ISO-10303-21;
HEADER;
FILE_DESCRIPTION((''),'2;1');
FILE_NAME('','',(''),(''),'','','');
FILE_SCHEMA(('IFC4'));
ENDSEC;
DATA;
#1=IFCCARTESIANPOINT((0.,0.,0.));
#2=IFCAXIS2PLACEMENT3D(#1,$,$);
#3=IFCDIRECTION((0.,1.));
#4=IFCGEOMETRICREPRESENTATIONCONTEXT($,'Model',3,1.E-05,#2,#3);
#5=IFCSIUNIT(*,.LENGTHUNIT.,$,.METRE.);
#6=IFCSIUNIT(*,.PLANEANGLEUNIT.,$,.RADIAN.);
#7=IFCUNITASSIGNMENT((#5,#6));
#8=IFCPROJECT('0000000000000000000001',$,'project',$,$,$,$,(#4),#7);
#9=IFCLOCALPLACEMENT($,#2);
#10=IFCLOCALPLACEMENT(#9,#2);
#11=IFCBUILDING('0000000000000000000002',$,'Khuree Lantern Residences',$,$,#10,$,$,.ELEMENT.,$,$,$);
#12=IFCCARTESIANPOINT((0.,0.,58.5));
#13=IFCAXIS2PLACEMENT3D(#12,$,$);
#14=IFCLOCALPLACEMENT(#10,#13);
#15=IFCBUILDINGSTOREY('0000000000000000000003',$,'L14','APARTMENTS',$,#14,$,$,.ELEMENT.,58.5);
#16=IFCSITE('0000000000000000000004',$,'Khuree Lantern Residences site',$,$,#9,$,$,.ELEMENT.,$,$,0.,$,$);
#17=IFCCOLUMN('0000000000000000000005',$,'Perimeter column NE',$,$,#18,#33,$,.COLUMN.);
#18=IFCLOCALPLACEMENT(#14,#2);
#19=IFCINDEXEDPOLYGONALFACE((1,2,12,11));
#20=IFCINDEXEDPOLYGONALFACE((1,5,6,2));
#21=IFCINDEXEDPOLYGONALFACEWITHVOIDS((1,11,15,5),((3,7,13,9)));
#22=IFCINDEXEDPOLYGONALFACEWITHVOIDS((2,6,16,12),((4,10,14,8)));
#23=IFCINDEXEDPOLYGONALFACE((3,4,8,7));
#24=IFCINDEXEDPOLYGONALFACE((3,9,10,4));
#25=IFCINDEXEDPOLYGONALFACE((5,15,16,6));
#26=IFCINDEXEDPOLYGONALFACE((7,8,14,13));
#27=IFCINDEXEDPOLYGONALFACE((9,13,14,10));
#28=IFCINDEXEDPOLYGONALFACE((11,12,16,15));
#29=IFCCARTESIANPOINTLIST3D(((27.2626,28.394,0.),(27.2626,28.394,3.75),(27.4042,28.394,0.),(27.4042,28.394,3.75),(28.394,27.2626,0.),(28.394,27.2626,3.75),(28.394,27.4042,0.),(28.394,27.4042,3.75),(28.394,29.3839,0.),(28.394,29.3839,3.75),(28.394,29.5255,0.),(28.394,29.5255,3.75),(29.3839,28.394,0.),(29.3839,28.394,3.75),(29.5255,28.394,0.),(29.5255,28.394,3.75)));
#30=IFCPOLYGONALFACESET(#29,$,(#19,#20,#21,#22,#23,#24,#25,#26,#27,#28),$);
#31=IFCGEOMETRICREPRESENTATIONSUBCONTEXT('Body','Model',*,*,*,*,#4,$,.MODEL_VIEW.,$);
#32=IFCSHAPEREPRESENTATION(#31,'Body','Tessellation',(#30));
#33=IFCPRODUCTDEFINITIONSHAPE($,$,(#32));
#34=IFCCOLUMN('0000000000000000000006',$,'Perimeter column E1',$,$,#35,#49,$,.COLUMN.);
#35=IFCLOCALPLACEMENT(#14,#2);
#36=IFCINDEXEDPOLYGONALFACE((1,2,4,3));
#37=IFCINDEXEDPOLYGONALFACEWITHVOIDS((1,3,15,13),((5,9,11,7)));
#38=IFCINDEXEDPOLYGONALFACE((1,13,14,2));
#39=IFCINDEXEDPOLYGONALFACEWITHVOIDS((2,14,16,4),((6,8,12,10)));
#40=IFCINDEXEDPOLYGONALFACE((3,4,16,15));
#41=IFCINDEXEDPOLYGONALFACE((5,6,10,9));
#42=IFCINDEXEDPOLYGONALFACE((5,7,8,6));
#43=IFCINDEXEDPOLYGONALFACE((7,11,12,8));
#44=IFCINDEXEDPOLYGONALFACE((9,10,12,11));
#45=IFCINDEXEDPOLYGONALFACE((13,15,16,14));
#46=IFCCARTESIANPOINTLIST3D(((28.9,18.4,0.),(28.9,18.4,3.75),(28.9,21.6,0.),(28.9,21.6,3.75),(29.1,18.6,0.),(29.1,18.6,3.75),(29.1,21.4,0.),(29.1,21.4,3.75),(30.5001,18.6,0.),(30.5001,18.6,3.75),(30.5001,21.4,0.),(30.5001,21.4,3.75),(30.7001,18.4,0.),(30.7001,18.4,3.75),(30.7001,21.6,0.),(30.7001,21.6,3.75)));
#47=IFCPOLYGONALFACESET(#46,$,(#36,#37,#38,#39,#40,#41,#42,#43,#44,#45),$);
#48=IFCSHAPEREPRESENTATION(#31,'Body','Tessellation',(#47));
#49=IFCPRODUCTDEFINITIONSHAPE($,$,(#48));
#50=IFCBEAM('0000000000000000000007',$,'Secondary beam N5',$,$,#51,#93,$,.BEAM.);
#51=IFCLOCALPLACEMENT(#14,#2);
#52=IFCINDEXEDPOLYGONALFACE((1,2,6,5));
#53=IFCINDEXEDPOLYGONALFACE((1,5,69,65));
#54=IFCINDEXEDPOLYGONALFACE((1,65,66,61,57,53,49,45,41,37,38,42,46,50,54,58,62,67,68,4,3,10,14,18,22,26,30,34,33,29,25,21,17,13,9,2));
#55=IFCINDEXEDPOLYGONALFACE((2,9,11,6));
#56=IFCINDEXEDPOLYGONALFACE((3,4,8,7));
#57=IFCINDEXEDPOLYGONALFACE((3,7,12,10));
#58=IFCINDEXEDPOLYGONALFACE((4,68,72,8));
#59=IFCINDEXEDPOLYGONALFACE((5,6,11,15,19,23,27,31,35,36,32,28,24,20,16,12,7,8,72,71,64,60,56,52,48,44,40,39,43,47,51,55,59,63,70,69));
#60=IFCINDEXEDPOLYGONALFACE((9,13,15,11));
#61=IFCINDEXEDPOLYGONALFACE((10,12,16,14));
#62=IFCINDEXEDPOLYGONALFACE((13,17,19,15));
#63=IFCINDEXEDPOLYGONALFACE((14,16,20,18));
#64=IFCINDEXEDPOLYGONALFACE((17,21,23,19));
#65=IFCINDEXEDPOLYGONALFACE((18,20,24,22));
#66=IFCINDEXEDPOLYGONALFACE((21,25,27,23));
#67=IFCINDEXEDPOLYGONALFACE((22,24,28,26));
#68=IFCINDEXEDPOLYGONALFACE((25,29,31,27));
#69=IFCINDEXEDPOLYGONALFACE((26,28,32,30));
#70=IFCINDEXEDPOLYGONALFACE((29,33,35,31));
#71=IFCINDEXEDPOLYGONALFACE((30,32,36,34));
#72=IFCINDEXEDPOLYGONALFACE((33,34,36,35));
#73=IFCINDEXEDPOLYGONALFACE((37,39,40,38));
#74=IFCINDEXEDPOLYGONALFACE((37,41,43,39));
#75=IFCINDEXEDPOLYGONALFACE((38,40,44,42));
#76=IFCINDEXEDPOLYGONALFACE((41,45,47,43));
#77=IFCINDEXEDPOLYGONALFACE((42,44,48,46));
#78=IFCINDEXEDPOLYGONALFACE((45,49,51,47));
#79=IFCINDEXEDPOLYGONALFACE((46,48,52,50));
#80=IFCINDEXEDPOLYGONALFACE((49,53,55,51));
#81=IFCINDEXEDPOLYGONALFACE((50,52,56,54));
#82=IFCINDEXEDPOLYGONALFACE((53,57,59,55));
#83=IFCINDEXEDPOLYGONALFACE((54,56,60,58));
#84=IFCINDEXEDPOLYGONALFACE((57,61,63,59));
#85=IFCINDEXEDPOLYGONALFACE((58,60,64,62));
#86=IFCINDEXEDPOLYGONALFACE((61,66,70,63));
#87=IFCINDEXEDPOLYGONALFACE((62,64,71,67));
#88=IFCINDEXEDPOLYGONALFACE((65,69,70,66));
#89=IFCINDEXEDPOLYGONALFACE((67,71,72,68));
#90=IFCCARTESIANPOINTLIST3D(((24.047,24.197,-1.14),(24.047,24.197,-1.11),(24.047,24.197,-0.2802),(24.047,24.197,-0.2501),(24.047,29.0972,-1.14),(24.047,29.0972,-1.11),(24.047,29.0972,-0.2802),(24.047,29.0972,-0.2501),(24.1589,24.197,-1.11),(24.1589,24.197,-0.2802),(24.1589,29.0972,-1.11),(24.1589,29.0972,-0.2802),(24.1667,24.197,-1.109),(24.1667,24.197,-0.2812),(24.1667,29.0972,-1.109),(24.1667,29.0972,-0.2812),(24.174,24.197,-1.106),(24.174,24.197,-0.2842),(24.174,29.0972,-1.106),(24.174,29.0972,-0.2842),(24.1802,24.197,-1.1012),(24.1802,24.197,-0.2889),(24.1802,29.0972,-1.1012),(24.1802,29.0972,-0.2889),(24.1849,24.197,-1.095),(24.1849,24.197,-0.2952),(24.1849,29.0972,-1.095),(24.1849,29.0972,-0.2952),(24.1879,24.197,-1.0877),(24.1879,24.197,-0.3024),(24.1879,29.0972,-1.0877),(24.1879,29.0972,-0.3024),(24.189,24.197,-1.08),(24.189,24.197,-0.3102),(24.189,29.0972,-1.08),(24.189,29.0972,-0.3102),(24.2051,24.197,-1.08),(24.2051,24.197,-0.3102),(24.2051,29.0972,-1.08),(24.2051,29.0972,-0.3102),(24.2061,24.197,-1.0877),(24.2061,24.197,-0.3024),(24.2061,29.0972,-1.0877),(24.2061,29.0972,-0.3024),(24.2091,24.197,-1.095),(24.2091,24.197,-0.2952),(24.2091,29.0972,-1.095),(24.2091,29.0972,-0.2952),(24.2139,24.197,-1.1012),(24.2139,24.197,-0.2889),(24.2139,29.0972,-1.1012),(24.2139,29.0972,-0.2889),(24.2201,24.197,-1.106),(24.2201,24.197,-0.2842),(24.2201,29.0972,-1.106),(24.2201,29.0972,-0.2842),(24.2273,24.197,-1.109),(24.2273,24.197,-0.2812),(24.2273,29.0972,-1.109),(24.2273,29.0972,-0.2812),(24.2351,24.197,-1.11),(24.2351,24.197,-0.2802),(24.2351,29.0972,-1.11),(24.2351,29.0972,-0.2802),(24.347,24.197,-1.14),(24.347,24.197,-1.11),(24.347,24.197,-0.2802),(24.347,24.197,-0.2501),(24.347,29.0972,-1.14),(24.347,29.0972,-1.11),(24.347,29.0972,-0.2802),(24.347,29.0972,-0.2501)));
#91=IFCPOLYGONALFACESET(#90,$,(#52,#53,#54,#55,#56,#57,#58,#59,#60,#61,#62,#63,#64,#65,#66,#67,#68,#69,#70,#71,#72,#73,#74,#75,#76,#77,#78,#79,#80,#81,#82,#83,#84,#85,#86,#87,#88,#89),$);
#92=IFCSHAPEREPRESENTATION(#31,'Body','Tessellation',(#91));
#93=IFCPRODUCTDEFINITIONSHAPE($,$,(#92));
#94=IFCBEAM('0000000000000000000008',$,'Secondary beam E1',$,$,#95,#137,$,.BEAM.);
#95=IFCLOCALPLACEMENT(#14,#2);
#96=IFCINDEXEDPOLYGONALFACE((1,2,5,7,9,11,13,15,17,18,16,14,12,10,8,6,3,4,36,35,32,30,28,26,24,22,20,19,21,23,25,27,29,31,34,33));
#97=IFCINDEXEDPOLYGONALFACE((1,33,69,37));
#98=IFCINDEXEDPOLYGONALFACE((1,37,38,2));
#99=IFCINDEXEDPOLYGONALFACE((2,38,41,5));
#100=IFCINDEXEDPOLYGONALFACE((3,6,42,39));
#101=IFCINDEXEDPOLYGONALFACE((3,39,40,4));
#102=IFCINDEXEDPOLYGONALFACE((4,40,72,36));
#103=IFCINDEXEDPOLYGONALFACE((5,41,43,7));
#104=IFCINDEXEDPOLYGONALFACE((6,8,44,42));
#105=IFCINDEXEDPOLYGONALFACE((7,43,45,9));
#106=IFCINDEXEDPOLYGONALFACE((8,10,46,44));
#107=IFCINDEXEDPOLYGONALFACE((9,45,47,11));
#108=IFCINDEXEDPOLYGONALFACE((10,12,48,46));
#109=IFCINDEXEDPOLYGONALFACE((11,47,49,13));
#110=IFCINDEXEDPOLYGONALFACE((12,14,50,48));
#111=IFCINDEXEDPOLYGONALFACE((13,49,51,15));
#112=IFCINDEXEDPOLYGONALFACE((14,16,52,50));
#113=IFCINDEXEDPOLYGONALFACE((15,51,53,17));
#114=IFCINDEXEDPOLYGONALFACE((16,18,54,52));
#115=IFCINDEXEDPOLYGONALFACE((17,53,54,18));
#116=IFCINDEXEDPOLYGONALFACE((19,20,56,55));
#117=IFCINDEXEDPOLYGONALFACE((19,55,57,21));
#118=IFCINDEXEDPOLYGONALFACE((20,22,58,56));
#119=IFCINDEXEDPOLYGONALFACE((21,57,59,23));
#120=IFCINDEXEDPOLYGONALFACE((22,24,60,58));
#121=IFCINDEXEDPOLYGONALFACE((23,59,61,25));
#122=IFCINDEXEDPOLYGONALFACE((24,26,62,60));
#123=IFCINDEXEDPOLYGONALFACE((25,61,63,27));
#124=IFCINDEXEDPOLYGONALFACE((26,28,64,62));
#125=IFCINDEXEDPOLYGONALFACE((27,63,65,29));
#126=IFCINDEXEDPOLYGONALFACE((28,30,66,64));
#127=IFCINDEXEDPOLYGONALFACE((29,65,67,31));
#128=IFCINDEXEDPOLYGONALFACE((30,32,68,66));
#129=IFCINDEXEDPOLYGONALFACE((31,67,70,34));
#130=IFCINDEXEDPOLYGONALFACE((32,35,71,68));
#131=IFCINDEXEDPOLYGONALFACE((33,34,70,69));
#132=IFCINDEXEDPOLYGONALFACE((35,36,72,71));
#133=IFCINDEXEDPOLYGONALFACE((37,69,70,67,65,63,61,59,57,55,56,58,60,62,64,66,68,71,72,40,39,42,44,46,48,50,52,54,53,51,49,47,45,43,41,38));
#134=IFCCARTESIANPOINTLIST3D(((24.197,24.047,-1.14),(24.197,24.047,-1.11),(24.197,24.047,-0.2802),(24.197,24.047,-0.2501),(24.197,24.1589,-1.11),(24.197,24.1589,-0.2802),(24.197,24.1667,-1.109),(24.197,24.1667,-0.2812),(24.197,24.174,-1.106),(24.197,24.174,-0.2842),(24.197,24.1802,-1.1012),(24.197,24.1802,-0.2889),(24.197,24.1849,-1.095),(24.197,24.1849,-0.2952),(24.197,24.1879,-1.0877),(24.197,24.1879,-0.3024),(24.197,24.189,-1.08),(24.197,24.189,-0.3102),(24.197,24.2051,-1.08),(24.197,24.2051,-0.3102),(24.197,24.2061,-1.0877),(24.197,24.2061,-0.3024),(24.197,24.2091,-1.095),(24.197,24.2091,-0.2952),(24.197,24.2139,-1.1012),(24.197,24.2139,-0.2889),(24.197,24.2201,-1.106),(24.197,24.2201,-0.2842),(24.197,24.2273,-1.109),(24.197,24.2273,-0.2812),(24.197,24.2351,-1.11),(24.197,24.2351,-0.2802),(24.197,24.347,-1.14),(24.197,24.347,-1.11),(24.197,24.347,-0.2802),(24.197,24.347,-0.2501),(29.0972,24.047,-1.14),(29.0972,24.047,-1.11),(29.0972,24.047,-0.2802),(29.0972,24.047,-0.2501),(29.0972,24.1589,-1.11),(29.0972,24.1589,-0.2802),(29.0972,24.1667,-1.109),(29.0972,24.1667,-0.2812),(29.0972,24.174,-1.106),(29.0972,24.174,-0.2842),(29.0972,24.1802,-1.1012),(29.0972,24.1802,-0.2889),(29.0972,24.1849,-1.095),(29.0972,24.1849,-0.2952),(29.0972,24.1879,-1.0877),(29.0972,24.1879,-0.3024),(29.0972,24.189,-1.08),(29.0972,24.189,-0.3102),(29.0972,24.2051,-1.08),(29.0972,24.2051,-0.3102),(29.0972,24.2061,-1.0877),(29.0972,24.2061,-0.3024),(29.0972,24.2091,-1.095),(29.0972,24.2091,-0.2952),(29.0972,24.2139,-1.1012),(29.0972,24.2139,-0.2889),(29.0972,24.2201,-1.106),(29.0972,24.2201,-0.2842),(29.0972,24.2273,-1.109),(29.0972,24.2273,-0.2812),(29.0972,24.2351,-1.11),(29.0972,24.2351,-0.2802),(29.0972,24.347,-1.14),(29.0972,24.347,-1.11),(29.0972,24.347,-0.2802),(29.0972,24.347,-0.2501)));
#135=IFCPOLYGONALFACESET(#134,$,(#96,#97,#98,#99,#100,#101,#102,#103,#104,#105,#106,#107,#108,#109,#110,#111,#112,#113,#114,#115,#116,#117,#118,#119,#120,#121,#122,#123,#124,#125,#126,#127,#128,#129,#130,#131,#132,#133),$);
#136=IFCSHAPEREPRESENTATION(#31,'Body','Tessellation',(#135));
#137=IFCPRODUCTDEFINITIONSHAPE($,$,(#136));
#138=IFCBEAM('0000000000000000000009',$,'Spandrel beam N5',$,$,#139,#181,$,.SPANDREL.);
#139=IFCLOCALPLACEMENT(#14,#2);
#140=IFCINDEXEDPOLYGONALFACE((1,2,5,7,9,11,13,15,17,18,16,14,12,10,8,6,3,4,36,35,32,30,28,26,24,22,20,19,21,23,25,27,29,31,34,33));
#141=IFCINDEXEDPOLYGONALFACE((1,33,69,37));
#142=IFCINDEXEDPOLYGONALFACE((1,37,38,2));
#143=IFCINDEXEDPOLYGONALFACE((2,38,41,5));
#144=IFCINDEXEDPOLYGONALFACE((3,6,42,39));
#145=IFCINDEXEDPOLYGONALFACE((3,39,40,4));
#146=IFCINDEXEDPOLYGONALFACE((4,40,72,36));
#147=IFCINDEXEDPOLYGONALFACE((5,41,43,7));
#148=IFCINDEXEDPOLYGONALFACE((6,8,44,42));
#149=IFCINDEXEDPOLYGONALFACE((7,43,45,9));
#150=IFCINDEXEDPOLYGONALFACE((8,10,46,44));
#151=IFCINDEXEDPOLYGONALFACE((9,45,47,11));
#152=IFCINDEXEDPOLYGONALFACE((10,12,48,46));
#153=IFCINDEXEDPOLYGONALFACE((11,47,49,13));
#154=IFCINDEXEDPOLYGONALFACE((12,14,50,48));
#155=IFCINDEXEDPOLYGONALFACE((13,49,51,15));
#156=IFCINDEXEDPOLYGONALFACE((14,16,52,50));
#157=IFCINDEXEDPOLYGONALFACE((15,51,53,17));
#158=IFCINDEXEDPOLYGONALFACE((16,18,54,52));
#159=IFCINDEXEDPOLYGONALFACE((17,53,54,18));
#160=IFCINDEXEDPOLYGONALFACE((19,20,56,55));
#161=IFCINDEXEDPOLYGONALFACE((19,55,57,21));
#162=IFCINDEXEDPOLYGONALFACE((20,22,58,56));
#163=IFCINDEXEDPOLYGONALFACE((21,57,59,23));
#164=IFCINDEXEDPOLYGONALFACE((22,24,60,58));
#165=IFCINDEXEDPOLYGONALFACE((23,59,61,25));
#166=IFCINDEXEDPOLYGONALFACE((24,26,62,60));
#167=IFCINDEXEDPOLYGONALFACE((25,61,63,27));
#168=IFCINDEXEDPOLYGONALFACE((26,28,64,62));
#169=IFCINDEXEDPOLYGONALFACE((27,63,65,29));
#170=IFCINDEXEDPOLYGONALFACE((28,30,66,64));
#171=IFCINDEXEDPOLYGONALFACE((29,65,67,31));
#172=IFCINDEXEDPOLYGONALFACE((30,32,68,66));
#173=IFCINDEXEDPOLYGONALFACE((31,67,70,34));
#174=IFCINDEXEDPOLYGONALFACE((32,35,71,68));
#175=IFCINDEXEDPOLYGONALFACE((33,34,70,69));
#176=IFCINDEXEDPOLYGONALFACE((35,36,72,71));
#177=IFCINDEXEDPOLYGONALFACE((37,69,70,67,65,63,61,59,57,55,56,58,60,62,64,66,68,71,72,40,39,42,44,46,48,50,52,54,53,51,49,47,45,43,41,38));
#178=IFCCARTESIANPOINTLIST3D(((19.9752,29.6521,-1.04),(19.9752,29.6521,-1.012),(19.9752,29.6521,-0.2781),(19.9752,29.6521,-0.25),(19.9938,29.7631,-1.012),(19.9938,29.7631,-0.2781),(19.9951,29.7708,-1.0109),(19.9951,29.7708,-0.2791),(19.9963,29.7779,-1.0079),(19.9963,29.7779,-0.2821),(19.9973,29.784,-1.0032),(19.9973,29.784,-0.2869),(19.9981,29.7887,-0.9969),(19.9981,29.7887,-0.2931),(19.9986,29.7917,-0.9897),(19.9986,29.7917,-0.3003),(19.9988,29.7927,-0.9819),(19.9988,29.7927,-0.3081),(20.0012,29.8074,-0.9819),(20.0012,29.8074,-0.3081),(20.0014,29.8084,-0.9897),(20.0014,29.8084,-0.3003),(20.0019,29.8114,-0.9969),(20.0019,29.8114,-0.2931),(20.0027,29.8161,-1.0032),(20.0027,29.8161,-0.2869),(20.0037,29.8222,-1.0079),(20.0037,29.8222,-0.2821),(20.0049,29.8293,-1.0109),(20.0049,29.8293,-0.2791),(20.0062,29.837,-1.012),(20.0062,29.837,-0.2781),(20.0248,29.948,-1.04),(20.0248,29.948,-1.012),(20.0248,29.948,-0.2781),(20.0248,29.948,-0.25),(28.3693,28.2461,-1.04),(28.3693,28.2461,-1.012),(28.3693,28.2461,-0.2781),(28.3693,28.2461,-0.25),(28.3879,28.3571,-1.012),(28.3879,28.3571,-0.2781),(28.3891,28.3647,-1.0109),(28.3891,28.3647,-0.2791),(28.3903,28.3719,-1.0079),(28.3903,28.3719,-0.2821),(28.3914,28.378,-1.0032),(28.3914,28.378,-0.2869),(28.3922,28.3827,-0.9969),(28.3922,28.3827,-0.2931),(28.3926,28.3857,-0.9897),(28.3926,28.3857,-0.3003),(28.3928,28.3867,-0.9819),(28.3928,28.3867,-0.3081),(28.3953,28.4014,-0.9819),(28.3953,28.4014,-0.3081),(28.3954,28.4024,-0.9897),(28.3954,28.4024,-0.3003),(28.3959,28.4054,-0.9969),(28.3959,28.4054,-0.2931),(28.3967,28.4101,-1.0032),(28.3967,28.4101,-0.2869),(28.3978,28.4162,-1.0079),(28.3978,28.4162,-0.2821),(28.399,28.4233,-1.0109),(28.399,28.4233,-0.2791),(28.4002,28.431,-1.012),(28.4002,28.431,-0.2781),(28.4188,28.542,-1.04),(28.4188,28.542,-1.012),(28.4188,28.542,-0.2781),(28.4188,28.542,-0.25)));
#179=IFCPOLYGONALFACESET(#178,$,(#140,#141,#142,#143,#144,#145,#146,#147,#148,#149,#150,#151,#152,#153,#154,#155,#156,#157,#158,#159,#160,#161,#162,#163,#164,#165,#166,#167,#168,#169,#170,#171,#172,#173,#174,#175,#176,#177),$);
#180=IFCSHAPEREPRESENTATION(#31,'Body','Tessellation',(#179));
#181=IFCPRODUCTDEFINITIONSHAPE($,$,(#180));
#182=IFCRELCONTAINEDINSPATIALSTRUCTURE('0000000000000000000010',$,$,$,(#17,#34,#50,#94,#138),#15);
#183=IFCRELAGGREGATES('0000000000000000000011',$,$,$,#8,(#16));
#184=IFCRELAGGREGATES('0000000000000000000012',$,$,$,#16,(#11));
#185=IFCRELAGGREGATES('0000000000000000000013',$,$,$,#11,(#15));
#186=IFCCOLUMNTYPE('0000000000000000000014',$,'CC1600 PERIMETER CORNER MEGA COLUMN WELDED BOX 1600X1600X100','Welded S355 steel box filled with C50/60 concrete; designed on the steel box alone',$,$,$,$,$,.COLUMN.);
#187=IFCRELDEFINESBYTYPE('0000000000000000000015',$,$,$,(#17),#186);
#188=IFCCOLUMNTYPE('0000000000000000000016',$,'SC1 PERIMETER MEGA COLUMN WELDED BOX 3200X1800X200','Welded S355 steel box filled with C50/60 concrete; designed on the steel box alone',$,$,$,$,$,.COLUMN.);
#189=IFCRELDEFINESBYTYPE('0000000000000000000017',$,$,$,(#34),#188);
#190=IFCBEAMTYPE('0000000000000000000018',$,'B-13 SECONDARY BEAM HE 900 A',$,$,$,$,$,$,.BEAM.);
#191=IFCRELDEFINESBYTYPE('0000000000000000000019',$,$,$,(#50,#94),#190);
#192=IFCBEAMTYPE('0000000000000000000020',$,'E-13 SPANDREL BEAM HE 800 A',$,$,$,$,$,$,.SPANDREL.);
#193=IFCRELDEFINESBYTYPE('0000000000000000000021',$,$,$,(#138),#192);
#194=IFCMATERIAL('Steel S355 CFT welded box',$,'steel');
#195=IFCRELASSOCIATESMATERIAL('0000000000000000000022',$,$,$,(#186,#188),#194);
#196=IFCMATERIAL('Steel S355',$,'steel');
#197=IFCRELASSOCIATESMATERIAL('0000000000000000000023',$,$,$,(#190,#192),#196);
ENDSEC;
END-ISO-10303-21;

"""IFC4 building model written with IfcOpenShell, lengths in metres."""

from ifc_helpers import new_model, si_unit, direction, frame, origin, origin_2d, place, context, subcontext, project, spatial, hollow_rectangle, i_section, extrude, material, material_profile, profile_set, type_object, element, save


model = new_model("IFC4")

# Units and contexts
model_context = context("Model", 3, precision=1e-05, world=origin(), true_north=direction((0.0, 1.0)))
body_context = subcontext(model_context, "Body", "Model", "MODEL_VIEW")
ifc_project = project(units=[si_unit("LENGTHUNIT", "METRE"), si_unit("PLANEANGLEUNIT", "RADIAN")], contexts=[model_context])

# Site, building, storey
site_placement = place(None, origin())
site = spatial("IfcSite", under=ifc_project, at=site_placement, Name="Khuree Lantern Residences site", CompositionType="ELEMENT", RefElevation=0.0)
building_placement = place(site_placement, origin())
building = spatial("IfcBuilding", under=site, at=building_placement, Name="Khuree Lantern Residences", CompositionType="ELEMENT")
storey_placement = place(building_placement, frame((0.0, 0.0, 58.5)))
storey = spatial("IfcBuildingStorey", under=building, at=storey_placement, Name="L14", Description="APARTMENTS", CompositionType="ELEMENT", Elevation=58.5)

# Columns
ifc_material_1 = material(Name="Steel S355 CFT welded box", Category="steel")
ifc_material_profile_1 = material_profile(ifc_material_1, hollow_rectangle(XDim=1.6001, YDim=1.6001, WallThickness=0.1001, at=origin_2d()), Name="WELDED BOX 1600X1600X100")
ifc_profile_set_1 = profile_set([ifc_material_profile_1], Name="Steel S355 CFT welded box")
column_type_1 = type_object("IfcColumnType", Name="CC1600 PERIMETER CORNER MEGA COLUMN WELDED BOX 1600X1600X100", Description="Welded S355 steel box filled with C50/60 concrete; designed on the steel box alone", PredefinedType="COLUMN", material=ifc_profile_set_1)
column_1_placement = place(storey_placement, frame((28.394, 28.394, 0.0), z_axis=(0.0, 0.0, 1.0), x_axis=(0.707107, -0.707107, 0.0)))
element("IfcColumn", 1, at=column_1_placement, inside=storey, type_object=column_type_1, Name="Perimeter column NE", PredefinedType="COLUMN", context=body_context, shape_type="SweptSolid", body=[
    extrude(hollow_rectangle(XDim=1.6001, YDim=1.6001, WallThickness=0.1001, at=origin_2d()), origin(), (0.0, 0.0, 1.0), 3.75),
])
ifc_material_profile_2 = material_profile(ifc_material_1, hollow_rectangle(XDim=3.2, YDim=1.8, WallThickness=0.2, at=origin_2d()), Name="WELDED BOX 3200X1800X200")
ifc_profile_set_2 = profile_set([ifc_material_profile_2], Name="Steel S355 CFT welded box")
column_type_2 = type_object("IfcColumnType", Name="SC1 PERIMETER MEGA COLUMN WELDED BOX 3200X1800X200", Description="Welded S355 steel box filled with C50/60 concrete; designed on the steel box alone", PredefinedType="COLUMN", material=ifc_profile_set_2)
column_2_placement = place(storey_placement, frame((29.8, 20.0, 0.0), z_axis=(0.0, 0.0, 1.0), x_axis=(0.0, 1.0, 0.0)))
element("IfcColumn", 2, at=column_2_placement, inside=storey, type_object=column_type_2, Name="Perimeter column E1", PredefinedType="COLUMN", context=body_context, shape_type="SweptSolid", body=[
    extrude(hollow_rectangle(XDim=3.2, YDim=1.8, WallThickness=0.2, at=origin_2d()), origin(), (0.0, 0.0, 1.0), 3.75),
])

# Beams
ifc_material_2 = material(Name="Steel S355", Category="steel")
ifc_material_profile_3 = material_profile(ifc_material_2, i_section(OverallWidth=0.3, OverallDepth=0.8899, WebThickness=0.0161, FlangeThickness=0.03, FilletRadius=0.03, at=origin_2d()), Name="HE 900 A")
ifc_profile_set_3 = profile_set([ifc_material_profile_3], Name="Steel S355")
beam_type_1 = type_object("IfcBeamType", Name="B-13 SECONDARY BEAM HE 900 A", PredefinedType="BEAM", material=ifc_profile_set_3)
for number, where, z_axis, x_axis, name in (
    (3, (24.197, 29.0972, -0.6951), (0.0, -1.0, 0.0), (1.0, 0.0, 0.0), "Secondary beam N5"),
    (4, (29.0972, 24.197, -0.6951), (-1.0, 0.0, 0.0), (0.0, -1.0, 0.0), "Secondary beam E1"),
):
    element("IfcBeam", number, at=place(storey_placement, frame(where, z_axis=z_axis, x_axis=x_axis)), inside=storey, type_object=beam_type_1, Name=name, PredefinedType="BEAM", context=body_context, shape_type="SweptSolid", body=[
        extrude(i_section(OverallWidth=0.3, OverallDepth=0.8899, WebThickness=0.0161, FlangeThickness=0.03, FilletRadius=0.03, at=origin_2d()), origin(), (0.0, 0.0, 1.0), 4.9001),
    ])
ifc_material_profile_4 = material_profile(ifc_material_2, i_section(OverallWidth=0.3, OverallDepth=0.79, WebThickness=0.0149, FlangeThickness=0.0281, FilletRadius=0.03, at=origin_2d()), Name="HE 800 A")
ifc_profile_set_4 = profile_set([ifc_material_profile_4], Name="Steel S355")
beam_type_2 = type_object("IfcBeamType", Name="E-13 SPANDREL BEAM HE 800 A", PredefinedType="SPANDREL", material=ifc_profile_set_4)
for number, where, z_axis, x_axis, name in (
    (5, (20.0, 29.8, -0.645), (0.98626, -0.165199, 0.0), (0.165199, 0.98626, 0.0), "Spandrel beam N5"),
):
    element("IfcBeam", number, at=place(storey_placement, frame(where, z_axis=z_axis, x_axis=x_axis)), inside=storey, type_object=beam_type_2, Name=name, PredefinedType="SPANDREL", context=body_context, shape_type="SweptSolid", body=[
        extrude(i_section(OverallWidth=0.3, OverallDepth=0.79, WebThickness=0.0149, FlangeThickness=0.0281, FilletRadius=0.03, at=origin_2d()), origin(), (0.0, 0.0, 1.0), 8.511),
    ])

save(model, "model.ifc")
